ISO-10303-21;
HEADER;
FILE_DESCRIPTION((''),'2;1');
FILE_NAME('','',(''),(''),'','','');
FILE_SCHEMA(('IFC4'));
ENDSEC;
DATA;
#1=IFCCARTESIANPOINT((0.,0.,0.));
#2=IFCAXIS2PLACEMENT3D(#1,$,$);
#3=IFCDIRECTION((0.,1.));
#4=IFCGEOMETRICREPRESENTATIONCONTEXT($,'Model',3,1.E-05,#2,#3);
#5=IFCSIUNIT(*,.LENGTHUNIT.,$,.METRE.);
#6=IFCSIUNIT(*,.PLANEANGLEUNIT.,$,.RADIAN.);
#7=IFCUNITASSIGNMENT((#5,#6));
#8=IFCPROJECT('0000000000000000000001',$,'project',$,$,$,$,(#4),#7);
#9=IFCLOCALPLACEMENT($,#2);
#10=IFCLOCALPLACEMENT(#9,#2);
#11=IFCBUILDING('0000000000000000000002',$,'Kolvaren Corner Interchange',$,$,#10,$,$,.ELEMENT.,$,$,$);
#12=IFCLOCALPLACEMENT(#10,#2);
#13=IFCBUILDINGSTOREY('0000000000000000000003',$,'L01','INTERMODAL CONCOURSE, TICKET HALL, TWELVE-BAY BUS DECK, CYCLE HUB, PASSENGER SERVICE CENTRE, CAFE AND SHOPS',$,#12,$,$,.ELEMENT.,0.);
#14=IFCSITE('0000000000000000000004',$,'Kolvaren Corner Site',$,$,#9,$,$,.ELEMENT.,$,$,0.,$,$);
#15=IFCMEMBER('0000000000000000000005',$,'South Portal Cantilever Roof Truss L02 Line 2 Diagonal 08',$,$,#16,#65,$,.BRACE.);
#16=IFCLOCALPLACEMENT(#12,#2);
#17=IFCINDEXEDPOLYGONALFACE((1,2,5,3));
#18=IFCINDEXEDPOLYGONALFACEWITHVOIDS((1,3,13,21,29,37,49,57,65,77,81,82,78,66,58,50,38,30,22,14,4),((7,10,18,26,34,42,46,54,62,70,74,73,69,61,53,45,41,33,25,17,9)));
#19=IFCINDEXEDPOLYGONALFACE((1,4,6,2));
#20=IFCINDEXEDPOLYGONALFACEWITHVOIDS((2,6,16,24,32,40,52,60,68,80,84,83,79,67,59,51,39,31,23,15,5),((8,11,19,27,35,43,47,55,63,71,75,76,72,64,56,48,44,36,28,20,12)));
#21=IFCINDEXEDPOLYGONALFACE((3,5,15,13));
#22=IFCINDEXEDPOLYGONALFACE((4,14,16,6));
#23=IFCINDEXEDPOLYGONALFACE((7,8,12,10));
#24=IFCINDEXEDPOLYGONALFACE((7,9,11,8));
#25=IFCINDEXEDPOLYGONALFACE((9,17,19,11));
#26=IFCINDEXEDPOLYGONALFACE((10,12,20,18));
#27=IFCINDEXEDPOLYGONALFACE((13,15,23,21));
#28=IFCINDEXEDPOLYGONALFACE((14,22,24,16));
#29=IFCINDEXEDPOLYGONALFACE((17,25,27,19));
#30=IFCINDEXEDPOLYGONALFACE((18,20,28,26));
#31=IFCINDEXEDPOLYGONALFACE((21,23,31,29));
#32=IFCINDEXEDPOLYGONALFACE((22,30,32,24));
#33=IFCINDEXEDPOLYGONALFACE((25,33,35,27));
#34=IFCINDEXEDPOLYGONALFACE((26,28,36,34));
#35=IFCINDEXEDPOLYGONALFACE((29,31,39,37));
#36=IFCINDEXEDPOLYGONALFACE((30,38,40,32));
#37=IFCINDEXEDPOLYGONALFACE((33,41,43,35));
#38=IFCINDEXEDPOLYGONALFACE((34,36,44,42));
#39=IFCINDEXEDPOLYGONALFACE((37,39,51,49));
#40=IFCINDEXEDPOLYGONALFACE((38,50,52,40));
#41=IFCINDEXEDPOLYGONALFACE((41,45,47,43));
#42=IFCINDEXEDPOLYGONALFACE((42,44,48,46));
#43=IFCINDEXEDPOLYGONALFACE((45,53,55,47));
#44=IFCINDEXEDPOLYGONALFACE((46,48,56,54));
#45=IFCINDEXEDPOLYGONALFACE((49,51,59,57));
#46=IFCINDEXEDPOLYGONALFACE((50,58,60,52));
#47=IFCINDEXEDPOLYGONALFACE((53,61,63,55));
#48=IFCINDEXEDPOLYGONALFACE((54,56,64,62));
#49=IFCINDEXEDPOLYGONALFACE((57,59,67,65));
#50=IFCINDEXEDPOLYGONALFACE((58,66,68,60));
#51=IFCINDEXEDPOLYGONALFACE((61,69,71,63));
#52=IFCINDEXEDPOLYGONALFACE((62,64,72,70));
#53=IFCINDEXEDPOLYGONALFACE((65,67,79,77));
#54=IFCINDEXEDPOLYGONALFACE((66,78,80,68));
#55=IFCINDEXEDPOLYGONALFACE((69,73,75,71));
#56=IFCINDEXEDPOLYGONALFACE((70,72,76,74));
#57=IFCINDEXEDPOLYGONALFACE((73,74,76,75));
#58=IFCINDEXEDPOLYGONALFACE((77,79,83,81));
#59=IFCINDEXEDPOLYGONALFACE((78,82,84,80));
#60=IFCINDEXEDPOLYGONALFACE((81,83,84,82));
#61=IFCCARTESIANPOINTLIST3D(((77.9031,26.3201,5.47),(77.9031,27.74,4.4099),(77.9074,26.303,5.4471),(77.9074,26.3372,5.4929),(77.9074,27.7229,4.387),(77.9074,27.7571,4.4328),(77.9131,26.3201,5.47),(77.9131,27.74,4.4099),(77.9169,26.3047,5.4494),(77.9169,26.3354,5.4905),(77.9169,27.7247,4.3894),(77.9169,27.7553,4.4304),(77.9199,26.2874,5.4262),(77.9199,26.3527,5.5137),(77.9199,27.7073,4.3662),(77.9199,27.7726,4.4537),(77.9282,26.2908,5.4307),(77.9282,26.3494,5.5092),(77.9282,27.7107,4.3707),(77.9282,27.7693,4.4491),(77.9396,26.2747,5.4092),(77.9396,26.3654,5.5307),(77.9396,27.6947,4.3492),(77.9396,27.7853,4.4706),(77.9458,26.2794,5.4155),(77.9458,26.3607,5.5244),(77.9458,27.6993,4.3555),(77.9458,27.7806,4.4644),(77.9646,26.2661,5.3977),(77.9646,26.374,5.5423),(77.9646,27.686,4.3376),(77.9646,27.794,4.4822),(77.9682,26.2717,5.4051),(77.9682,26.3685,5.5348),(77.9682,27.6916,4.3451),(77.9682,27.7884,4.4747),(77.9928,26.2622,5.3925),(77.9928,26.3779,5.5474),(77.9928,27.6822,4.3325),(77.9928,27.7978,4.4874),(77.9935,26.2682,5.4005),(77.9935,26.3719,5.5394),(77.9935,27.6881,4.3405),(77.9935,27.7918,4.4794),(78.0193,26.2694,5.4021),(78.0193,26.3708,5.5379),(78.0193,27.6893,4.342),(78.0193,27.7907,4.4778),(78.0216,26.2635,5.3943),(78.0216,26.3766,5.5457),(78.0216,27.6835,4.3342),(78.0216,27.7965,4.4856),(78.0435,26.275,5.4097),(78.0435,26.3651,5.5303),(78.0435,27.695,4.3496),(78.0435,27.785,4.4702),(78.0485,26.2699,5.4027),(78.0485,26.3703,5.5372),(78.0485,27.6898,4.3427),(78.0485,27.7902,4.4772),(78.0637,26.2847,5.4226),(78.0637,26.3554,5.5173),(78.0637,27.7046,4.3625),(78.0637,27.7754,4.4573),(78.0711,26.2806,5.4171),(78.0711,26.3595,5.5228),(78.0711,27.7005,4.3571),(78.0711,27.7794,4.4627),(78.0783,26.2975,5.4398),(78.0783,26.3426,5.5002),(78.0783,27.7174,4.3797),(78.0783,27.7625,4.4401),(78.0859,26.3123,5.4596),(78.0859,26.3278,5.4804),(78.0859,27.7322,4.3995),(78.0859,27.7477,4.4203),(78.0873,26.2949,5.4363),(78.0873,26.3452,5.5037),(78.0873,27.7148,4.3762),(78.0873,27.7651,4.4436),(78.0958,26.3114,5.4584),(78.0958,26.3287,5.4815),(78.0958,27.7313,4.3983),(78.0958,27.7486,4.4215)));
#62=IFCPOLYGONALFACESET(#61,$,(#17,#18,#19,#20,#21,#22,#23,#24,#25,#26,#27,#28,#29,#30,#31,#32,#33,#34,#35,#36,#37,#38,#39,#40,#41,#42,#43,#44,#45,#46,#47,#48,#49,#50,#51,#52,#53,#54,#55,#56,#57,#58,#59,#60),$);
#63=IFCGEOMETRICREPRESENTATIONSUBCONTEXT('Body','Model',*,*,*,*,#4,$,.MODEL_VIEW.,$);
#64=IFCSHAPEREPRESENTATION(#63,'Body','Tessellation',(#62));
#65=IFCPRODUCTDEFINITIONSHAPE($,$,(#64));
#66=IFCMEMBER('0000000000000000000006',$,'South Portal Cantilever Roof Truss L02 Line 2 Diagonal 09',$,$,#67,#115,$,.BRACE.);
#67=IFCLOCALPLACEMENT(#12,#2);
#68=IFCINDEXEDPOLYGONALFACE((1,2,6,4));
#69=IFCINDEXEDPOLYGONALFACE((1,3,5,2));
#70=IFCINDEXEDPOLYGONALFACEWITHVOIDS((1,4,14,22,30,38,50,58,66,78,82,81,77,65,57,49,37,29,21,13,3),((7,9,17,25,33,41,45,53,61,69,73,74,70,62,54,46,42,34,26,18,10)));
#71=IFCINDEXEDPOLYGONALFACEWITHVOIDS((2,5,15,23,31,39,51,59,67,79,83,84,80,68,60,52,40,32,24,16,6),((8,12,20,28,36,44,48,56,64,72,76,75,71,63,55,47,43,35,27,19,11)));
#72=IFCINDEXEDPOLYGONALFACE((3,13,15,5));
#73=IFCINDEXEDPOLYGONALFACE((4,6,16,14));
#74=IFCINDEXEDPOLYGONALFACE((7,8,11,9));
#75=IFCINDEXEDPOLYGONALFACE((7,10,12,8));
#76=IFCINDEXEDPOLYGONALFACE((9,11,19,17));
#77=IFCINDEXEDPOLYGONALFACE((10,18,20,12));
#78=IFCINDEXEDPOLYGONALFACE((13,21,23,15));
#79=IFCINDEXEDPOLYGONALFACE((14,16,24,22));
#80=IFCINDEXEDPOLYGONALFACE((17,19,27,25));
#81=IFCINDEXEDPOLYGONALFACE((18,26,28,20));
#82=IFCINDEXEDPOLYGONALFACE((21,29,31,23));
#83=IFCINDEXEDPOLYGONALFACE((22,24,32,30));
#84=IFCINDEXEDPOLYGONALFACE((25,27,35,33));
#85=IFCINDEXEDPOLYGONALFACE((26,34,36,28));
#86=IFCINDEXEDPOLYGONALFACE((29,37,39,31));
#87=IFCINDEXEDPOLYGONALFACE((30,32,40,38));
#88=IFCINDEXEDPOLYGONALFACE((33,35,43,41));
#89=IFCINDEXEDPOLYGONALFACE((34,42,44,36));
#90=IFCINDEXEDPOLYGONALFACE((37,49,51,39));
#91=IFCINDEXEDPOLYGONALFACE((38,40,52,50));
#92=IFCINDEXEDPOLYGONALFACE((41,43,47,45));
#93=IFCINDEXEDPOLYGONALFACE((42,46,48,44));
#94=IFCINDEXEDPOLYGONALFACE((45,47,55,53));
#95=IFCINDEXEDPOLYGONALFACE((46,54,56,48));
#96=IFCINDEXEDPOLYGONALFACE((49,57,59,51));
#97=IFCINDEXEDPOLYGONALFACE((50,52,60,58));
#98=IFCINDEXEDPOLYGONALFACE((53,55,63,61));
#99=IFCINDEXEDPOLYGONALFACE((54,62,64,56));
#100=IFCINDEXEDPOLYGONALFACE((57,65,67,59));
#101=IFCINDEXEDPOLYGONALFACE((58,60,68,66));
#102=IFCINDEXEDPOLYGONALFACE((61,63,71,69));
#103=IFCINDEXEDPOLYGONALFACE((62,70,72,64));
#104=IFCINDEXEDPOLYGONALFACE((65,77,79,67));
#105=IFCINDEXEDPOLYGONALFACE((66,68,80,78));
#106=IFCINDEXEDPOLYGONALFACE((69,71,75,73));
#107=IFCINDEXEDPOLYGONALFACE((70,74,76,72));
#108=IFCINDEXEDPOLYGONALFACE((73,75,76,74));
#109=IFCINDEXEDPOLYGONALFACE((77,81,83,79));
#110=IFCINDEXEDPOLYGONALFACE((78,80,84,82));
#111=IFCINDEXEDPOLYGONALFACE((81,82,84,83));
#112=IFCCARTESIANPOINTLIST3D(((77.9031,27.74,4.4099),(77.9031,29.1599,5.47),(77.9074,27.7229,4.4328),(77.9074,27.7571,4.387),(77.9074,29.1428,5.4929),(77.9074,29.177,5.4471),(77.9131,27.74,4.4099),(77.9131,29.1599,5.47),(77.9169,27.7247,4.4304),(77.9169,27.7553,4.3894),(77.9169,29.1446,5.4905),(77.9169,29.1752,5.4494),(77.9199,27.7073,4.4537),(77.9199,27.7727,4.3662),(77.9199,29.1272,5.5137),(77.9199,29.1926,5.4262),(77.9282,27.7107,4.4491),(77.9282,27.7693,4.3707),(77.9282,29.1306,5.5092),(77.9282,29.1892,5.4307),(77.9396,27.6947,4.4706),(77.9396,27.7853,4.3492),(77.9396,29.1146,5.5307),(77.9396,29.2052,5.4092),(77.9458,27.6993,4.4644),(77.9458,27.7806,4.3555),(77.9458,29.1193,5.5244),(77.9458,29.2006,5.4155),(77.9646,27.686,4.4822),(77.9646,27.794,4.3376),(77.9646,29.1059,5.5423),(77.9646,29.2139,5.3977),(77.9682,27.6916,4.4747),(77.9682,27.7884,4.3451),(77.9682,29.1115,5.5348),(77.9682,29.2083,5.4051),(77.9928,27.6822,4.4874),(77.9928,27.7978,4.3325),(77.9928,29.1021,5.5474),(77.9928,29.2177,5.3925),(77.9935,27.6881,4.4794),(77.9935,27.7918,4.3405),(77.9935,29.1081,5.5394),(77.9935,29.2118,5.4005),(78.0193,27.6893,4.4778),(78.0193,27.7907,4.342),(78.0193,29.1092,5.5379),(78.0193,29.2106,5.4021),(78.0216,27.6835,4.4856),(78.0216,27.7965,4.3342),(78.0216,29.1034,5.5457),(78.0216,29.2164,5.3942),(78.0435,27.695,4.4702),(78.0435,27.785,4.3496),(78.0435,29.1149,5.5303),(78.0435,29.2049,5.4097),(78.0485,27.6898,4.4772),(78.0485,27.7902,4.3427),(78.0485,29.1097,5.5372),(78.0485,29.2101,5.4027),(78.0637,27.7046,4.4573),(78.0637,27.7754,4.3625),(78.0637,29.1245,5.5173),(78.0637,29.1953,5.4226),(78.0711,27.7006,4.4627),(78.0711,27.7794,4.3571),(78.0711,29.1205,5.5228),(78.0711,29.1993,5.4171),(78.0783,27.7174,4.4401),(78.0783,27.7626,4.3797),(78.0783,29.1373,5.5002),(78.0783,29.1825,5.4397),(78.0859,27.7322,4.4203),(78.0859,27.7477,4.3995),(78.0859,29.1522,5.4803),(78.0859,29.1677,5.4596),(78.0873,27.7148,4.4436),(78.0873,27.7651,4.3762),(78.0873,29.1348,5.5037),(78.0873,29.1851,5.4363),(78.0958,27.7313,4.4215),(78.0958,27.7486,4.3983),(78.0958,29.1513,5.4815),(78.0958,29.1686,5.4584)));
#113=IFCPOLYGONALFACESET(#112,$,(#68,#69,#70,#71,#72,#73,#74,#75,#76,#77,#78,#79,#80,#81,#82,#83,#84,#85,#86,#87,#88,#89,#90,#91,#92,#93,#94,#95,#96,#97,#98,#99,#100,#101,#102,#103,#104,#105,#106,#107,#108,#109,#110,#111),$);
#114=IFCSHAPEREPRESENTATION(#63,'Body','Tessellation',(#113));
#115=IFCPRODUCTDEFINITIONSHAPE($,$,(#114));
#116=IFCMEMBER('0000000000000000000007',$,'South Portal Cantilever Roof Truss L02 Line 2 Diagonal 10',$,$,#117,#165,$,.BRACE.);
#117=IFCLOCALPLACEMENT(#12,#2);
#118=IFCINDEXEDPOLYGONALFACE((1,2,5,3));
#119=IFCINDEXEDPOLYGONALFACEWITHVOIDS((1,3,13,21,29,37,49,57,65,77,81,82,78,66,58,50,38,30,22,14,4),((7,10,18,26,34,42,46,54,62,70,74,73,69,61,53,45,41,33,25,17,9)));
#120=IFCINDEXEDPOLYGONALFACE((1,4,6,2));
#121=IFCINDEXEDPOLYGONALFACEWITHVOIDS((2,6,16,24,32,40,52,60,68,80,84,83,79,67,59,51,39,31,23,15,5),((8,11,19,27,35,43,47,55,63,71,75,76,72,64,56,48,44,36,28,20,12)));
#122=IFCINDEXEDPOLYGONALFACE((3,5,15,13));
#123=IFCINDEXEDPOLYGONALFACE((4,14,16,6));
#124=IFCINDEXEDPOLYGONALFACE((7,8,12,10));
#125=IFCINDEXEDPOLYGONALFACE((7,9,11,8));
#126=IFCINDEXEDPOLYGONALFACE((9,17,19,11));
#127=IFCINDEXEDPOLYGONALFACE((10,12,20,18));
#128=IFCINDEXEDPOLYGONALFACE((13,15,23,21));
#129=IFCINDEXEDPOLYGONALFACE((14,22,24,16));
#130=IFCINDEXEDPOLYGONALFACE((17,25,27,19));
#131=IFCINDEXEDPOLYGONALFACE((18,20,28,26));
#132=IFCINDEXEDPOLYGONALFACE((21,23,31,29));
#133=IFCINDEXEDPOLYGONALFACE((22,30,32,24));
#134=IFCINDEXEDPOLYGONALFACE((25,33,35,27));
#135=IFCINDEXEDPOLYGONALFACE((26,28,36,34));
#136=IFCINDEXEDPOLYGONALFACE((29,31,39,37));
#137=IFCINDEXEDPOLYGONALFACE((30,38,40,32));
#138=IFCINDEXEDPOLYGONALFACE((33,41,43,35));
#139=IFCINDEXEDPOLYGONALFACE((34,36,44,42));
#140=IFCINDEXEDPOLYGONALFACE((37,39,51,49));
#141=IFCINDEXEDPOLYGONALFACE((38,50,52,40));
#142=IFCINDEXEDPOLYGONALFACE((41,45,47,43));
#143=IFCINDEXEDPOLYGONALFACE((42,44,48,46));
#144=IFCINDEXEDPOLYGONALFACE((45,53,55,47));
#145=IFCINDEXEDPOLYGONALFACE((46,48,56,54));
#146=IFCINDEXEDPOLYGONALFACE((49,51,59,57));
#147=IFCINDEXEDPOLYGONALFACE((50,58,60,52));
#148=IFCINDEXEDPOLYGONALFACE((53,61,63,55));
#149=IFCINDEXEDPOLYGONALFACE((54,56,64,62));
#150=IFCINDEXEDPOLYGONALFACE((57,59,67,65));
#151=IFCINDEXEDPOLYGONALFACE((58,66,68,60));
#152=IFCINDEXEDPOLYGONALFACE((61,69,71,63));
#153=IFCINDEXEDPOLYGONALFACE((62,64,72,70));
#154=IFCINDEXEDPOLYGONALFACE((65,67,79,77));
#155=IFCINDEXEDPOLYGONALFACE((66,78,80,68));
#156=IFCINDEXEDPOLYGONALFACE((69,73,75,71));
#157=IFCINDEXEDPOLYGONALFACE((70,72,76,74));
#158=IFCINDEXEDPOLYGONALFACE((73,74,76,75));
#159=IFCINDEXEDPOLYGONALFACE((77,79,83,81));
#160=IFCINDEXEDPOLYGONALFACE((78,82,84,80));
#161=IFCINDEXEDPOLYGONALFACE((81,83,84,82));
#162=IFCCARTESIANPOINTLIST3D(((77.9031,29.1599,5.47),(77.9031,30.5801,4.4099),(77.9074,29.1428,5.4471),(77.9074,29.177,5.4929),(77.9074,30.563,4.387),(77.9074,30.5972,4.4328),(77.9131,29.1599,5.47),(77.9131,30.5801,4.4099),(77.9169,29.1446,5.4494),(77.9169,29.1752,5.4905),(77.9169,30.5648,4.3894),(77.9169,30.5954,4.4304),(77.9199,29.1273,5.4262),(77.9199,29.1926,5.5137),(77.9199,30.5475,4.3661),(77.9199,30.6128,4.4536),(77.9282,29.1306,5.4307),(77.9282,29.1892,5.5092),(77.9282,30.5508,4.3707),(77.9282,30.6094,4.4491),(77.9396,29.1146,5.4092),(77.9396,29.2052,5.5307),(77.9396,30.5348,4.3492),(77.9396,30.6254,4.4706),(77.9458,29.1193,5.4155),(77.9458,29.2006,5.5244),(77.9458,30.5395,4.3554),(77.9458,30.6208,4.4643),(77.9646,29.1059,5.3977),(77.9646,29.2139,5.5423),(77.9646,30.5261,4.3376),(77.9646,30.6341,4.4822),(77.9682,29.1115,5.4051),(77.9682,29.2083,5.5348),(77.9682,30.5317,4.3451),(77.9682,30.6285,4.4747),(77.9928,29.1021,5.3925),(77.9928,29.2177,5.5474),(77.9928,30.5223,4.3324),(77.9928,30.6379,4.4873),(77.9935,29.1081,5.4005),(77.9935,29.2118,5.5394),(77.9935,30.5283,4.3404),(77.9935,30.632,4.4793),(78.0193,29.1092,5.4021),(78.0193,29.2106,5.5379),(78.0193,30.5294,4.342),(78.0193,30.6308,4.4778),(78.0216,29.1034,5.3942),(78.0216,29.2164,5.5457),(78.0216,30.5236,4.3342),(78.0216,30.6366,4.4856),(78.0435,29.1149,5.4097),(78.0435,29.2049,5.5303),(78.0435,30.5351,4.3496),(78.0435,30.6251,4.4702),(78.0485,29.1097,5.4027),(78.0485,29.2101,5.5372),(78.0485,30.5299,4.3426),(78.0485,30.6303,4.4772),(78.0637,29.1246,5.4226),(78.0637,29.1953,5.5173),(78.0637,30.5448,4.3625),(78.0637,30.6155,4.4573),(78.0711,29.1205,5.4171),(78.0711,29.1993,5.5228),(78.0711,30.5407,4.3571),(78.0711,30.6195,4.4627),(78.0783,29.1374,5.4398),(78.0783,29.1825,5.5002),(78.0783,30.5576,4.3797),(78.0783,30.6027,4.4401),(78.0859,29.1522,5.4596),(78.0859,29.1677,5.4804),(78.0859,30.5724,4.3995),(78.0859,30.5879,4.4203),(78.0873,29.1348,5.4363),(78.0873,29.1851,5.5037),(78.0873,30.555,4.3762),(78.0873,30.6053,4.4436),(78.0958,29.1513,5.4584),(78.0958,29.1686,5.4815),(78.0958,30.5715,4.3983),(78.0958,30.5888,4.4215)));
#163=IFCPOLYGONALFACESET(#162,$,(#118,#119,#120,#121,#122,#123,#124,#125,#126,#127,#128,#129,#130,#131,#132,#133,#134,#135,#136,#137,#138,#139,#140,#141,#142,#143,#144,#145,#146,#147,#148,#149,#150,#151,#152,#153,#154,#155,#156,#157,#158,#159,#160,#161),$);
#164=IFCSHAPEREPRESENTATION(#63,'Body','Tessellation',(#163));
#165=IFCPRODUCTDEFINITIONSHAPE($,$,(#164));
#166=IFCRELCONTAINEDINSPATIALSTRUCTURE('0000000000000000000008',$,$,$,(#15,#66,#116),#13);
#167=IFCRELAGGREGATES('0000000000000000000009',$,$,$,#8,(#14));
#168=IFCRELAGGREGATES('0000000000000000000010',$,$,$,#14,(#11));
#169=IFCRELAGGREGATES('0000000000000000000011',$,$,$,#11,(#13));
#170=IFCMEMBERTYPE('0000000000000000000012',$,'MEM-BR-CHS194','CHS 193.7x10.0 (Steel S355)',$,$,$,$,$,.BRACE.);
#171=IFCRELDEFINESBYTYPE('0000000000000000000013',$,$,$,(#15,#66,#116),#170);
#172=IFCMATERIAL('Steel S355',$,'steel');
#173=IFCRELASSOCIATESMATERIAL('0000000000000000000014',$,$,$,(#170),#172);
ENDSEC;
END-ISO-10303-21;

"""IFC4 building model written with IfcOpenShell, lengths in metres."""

from ifc_helpers import new_model, si_unit, direction, frame, origin, origin_2d, place, context, subcontext, project, spatial, hollow_circle, extrude, material, material_profile, profile_set, type_object, element, save


model = new_model("IFC4")

# Units and contexts
model_context = context("Model", 3, precision=1e-05, world=origin(), true_north=direction((0.0, 1.0)))
body_context = subcontext(model_context, "Body", "Model", "MODEL_VIEW")
ifc_project = project(units=[si_unit("LENGTHUNIT", "METRE"), si_unit("PLANEANGLEUNIT", "RADIAN")], contexts=[model_context])

# Site, building, storey
site_placement = place(None, origin())
site = spatial("IfcSite", under=ifc_project, at=site_placement, Name="Kolvaren Corner Site", CompositionType="ELEMENT", RefElevation=0.0)
building_placement = place(site_placement, origin())
building = spatial("IfcBuilding", under=site, at=building_placement, Name="Kolvaren Corner Interchange", CompositionType="ELEMENT")
storey_placement = place(building_placement, origin())
storey = spatial("IfcBuildingStorey", under=building, at=storey_placement, Name="L01", Description="INTERMODAL CONCOURSE, TICKET HALL, TWELVE-BAY BUS DECK, CYCLE HUB, PASSENGER SERVICE CENTRE, CAFE AND SHOPS", CompositionType="ELEMENT", Elevation=0.0)

# Members
ifc_material_1 = material(Name="Steel S355", Category="steel")
ifc_material_profile_1 = material_profile(ifc_material_1, hollow_circle(Radius=0.0969, WallThickness=0.01, at=origin_2d()), Name="CHS 193.7x10.0")
ifc_profile_set_1 = profile_set([ifc_material_profile_1], Name="Steel S355")
member_type_1 = type_object("IfcMemberType", Name="MEM-BR-CHS194", Description="CHS 193.7x10.0 (Steel S355)", PredefinedType="BRACE", material=ifc_profile_set_1)
for number, where, z_axis, x_axis, name in (
    (1, (78.0, 26.3201, 5.47), (0.0, 0.801321, -0.598235), (-1.0, 0.0, 0.0), "South Portal Cantilever Roof Truss L02 Line 2 Diagonal 08"),
    (2, (78.0, 27.74, 4.4099), (0.0, 0.801321, 0.598235), (-1.0, 0.0, 0.0), "South Portal Cantilever Roof Truss L02 Line 2 Diagonal 09"),
):
    element("IfcMember", number, at=place(storey_placement, frame(where, z_axis=z_axis, x_axis=x_axis)), inside=storey, type_object=member_type_1, Name=name, PredefinedType="BRACE", context=body_context, shape_type="SweptSolid", body=[
        extrude(hollow_circle(Radius=0.0969, WallThickness=0.01, at=origin_2d()), origin(), (0.0, 0.0, 1.0), 1.772),
    ])
member_1_placement = place(storey_placement, frame((78.0, 29.1599, 5.47), z_axis=(0.0, 0.80137, -0.598169), x_axis=(-1.0, 0.0, 0.0)))
element("IfcMember", 3, at=member_1_placement, inside=storey, type_object=member_type_1, Name="South Portal Cantilever Roof Truss L02 Line 2 Diagonal 10", PredefinedType="BRACE", context=body_context, shape_type="SweptSolid", body=[
    extrude(hollow_circle(Radius=0.0969, WallThickness=0.01, at=origin_2d()), origin(), (0.0, 0.0, 1.0), 1.7722),
])

save(model, "model.ifc")
